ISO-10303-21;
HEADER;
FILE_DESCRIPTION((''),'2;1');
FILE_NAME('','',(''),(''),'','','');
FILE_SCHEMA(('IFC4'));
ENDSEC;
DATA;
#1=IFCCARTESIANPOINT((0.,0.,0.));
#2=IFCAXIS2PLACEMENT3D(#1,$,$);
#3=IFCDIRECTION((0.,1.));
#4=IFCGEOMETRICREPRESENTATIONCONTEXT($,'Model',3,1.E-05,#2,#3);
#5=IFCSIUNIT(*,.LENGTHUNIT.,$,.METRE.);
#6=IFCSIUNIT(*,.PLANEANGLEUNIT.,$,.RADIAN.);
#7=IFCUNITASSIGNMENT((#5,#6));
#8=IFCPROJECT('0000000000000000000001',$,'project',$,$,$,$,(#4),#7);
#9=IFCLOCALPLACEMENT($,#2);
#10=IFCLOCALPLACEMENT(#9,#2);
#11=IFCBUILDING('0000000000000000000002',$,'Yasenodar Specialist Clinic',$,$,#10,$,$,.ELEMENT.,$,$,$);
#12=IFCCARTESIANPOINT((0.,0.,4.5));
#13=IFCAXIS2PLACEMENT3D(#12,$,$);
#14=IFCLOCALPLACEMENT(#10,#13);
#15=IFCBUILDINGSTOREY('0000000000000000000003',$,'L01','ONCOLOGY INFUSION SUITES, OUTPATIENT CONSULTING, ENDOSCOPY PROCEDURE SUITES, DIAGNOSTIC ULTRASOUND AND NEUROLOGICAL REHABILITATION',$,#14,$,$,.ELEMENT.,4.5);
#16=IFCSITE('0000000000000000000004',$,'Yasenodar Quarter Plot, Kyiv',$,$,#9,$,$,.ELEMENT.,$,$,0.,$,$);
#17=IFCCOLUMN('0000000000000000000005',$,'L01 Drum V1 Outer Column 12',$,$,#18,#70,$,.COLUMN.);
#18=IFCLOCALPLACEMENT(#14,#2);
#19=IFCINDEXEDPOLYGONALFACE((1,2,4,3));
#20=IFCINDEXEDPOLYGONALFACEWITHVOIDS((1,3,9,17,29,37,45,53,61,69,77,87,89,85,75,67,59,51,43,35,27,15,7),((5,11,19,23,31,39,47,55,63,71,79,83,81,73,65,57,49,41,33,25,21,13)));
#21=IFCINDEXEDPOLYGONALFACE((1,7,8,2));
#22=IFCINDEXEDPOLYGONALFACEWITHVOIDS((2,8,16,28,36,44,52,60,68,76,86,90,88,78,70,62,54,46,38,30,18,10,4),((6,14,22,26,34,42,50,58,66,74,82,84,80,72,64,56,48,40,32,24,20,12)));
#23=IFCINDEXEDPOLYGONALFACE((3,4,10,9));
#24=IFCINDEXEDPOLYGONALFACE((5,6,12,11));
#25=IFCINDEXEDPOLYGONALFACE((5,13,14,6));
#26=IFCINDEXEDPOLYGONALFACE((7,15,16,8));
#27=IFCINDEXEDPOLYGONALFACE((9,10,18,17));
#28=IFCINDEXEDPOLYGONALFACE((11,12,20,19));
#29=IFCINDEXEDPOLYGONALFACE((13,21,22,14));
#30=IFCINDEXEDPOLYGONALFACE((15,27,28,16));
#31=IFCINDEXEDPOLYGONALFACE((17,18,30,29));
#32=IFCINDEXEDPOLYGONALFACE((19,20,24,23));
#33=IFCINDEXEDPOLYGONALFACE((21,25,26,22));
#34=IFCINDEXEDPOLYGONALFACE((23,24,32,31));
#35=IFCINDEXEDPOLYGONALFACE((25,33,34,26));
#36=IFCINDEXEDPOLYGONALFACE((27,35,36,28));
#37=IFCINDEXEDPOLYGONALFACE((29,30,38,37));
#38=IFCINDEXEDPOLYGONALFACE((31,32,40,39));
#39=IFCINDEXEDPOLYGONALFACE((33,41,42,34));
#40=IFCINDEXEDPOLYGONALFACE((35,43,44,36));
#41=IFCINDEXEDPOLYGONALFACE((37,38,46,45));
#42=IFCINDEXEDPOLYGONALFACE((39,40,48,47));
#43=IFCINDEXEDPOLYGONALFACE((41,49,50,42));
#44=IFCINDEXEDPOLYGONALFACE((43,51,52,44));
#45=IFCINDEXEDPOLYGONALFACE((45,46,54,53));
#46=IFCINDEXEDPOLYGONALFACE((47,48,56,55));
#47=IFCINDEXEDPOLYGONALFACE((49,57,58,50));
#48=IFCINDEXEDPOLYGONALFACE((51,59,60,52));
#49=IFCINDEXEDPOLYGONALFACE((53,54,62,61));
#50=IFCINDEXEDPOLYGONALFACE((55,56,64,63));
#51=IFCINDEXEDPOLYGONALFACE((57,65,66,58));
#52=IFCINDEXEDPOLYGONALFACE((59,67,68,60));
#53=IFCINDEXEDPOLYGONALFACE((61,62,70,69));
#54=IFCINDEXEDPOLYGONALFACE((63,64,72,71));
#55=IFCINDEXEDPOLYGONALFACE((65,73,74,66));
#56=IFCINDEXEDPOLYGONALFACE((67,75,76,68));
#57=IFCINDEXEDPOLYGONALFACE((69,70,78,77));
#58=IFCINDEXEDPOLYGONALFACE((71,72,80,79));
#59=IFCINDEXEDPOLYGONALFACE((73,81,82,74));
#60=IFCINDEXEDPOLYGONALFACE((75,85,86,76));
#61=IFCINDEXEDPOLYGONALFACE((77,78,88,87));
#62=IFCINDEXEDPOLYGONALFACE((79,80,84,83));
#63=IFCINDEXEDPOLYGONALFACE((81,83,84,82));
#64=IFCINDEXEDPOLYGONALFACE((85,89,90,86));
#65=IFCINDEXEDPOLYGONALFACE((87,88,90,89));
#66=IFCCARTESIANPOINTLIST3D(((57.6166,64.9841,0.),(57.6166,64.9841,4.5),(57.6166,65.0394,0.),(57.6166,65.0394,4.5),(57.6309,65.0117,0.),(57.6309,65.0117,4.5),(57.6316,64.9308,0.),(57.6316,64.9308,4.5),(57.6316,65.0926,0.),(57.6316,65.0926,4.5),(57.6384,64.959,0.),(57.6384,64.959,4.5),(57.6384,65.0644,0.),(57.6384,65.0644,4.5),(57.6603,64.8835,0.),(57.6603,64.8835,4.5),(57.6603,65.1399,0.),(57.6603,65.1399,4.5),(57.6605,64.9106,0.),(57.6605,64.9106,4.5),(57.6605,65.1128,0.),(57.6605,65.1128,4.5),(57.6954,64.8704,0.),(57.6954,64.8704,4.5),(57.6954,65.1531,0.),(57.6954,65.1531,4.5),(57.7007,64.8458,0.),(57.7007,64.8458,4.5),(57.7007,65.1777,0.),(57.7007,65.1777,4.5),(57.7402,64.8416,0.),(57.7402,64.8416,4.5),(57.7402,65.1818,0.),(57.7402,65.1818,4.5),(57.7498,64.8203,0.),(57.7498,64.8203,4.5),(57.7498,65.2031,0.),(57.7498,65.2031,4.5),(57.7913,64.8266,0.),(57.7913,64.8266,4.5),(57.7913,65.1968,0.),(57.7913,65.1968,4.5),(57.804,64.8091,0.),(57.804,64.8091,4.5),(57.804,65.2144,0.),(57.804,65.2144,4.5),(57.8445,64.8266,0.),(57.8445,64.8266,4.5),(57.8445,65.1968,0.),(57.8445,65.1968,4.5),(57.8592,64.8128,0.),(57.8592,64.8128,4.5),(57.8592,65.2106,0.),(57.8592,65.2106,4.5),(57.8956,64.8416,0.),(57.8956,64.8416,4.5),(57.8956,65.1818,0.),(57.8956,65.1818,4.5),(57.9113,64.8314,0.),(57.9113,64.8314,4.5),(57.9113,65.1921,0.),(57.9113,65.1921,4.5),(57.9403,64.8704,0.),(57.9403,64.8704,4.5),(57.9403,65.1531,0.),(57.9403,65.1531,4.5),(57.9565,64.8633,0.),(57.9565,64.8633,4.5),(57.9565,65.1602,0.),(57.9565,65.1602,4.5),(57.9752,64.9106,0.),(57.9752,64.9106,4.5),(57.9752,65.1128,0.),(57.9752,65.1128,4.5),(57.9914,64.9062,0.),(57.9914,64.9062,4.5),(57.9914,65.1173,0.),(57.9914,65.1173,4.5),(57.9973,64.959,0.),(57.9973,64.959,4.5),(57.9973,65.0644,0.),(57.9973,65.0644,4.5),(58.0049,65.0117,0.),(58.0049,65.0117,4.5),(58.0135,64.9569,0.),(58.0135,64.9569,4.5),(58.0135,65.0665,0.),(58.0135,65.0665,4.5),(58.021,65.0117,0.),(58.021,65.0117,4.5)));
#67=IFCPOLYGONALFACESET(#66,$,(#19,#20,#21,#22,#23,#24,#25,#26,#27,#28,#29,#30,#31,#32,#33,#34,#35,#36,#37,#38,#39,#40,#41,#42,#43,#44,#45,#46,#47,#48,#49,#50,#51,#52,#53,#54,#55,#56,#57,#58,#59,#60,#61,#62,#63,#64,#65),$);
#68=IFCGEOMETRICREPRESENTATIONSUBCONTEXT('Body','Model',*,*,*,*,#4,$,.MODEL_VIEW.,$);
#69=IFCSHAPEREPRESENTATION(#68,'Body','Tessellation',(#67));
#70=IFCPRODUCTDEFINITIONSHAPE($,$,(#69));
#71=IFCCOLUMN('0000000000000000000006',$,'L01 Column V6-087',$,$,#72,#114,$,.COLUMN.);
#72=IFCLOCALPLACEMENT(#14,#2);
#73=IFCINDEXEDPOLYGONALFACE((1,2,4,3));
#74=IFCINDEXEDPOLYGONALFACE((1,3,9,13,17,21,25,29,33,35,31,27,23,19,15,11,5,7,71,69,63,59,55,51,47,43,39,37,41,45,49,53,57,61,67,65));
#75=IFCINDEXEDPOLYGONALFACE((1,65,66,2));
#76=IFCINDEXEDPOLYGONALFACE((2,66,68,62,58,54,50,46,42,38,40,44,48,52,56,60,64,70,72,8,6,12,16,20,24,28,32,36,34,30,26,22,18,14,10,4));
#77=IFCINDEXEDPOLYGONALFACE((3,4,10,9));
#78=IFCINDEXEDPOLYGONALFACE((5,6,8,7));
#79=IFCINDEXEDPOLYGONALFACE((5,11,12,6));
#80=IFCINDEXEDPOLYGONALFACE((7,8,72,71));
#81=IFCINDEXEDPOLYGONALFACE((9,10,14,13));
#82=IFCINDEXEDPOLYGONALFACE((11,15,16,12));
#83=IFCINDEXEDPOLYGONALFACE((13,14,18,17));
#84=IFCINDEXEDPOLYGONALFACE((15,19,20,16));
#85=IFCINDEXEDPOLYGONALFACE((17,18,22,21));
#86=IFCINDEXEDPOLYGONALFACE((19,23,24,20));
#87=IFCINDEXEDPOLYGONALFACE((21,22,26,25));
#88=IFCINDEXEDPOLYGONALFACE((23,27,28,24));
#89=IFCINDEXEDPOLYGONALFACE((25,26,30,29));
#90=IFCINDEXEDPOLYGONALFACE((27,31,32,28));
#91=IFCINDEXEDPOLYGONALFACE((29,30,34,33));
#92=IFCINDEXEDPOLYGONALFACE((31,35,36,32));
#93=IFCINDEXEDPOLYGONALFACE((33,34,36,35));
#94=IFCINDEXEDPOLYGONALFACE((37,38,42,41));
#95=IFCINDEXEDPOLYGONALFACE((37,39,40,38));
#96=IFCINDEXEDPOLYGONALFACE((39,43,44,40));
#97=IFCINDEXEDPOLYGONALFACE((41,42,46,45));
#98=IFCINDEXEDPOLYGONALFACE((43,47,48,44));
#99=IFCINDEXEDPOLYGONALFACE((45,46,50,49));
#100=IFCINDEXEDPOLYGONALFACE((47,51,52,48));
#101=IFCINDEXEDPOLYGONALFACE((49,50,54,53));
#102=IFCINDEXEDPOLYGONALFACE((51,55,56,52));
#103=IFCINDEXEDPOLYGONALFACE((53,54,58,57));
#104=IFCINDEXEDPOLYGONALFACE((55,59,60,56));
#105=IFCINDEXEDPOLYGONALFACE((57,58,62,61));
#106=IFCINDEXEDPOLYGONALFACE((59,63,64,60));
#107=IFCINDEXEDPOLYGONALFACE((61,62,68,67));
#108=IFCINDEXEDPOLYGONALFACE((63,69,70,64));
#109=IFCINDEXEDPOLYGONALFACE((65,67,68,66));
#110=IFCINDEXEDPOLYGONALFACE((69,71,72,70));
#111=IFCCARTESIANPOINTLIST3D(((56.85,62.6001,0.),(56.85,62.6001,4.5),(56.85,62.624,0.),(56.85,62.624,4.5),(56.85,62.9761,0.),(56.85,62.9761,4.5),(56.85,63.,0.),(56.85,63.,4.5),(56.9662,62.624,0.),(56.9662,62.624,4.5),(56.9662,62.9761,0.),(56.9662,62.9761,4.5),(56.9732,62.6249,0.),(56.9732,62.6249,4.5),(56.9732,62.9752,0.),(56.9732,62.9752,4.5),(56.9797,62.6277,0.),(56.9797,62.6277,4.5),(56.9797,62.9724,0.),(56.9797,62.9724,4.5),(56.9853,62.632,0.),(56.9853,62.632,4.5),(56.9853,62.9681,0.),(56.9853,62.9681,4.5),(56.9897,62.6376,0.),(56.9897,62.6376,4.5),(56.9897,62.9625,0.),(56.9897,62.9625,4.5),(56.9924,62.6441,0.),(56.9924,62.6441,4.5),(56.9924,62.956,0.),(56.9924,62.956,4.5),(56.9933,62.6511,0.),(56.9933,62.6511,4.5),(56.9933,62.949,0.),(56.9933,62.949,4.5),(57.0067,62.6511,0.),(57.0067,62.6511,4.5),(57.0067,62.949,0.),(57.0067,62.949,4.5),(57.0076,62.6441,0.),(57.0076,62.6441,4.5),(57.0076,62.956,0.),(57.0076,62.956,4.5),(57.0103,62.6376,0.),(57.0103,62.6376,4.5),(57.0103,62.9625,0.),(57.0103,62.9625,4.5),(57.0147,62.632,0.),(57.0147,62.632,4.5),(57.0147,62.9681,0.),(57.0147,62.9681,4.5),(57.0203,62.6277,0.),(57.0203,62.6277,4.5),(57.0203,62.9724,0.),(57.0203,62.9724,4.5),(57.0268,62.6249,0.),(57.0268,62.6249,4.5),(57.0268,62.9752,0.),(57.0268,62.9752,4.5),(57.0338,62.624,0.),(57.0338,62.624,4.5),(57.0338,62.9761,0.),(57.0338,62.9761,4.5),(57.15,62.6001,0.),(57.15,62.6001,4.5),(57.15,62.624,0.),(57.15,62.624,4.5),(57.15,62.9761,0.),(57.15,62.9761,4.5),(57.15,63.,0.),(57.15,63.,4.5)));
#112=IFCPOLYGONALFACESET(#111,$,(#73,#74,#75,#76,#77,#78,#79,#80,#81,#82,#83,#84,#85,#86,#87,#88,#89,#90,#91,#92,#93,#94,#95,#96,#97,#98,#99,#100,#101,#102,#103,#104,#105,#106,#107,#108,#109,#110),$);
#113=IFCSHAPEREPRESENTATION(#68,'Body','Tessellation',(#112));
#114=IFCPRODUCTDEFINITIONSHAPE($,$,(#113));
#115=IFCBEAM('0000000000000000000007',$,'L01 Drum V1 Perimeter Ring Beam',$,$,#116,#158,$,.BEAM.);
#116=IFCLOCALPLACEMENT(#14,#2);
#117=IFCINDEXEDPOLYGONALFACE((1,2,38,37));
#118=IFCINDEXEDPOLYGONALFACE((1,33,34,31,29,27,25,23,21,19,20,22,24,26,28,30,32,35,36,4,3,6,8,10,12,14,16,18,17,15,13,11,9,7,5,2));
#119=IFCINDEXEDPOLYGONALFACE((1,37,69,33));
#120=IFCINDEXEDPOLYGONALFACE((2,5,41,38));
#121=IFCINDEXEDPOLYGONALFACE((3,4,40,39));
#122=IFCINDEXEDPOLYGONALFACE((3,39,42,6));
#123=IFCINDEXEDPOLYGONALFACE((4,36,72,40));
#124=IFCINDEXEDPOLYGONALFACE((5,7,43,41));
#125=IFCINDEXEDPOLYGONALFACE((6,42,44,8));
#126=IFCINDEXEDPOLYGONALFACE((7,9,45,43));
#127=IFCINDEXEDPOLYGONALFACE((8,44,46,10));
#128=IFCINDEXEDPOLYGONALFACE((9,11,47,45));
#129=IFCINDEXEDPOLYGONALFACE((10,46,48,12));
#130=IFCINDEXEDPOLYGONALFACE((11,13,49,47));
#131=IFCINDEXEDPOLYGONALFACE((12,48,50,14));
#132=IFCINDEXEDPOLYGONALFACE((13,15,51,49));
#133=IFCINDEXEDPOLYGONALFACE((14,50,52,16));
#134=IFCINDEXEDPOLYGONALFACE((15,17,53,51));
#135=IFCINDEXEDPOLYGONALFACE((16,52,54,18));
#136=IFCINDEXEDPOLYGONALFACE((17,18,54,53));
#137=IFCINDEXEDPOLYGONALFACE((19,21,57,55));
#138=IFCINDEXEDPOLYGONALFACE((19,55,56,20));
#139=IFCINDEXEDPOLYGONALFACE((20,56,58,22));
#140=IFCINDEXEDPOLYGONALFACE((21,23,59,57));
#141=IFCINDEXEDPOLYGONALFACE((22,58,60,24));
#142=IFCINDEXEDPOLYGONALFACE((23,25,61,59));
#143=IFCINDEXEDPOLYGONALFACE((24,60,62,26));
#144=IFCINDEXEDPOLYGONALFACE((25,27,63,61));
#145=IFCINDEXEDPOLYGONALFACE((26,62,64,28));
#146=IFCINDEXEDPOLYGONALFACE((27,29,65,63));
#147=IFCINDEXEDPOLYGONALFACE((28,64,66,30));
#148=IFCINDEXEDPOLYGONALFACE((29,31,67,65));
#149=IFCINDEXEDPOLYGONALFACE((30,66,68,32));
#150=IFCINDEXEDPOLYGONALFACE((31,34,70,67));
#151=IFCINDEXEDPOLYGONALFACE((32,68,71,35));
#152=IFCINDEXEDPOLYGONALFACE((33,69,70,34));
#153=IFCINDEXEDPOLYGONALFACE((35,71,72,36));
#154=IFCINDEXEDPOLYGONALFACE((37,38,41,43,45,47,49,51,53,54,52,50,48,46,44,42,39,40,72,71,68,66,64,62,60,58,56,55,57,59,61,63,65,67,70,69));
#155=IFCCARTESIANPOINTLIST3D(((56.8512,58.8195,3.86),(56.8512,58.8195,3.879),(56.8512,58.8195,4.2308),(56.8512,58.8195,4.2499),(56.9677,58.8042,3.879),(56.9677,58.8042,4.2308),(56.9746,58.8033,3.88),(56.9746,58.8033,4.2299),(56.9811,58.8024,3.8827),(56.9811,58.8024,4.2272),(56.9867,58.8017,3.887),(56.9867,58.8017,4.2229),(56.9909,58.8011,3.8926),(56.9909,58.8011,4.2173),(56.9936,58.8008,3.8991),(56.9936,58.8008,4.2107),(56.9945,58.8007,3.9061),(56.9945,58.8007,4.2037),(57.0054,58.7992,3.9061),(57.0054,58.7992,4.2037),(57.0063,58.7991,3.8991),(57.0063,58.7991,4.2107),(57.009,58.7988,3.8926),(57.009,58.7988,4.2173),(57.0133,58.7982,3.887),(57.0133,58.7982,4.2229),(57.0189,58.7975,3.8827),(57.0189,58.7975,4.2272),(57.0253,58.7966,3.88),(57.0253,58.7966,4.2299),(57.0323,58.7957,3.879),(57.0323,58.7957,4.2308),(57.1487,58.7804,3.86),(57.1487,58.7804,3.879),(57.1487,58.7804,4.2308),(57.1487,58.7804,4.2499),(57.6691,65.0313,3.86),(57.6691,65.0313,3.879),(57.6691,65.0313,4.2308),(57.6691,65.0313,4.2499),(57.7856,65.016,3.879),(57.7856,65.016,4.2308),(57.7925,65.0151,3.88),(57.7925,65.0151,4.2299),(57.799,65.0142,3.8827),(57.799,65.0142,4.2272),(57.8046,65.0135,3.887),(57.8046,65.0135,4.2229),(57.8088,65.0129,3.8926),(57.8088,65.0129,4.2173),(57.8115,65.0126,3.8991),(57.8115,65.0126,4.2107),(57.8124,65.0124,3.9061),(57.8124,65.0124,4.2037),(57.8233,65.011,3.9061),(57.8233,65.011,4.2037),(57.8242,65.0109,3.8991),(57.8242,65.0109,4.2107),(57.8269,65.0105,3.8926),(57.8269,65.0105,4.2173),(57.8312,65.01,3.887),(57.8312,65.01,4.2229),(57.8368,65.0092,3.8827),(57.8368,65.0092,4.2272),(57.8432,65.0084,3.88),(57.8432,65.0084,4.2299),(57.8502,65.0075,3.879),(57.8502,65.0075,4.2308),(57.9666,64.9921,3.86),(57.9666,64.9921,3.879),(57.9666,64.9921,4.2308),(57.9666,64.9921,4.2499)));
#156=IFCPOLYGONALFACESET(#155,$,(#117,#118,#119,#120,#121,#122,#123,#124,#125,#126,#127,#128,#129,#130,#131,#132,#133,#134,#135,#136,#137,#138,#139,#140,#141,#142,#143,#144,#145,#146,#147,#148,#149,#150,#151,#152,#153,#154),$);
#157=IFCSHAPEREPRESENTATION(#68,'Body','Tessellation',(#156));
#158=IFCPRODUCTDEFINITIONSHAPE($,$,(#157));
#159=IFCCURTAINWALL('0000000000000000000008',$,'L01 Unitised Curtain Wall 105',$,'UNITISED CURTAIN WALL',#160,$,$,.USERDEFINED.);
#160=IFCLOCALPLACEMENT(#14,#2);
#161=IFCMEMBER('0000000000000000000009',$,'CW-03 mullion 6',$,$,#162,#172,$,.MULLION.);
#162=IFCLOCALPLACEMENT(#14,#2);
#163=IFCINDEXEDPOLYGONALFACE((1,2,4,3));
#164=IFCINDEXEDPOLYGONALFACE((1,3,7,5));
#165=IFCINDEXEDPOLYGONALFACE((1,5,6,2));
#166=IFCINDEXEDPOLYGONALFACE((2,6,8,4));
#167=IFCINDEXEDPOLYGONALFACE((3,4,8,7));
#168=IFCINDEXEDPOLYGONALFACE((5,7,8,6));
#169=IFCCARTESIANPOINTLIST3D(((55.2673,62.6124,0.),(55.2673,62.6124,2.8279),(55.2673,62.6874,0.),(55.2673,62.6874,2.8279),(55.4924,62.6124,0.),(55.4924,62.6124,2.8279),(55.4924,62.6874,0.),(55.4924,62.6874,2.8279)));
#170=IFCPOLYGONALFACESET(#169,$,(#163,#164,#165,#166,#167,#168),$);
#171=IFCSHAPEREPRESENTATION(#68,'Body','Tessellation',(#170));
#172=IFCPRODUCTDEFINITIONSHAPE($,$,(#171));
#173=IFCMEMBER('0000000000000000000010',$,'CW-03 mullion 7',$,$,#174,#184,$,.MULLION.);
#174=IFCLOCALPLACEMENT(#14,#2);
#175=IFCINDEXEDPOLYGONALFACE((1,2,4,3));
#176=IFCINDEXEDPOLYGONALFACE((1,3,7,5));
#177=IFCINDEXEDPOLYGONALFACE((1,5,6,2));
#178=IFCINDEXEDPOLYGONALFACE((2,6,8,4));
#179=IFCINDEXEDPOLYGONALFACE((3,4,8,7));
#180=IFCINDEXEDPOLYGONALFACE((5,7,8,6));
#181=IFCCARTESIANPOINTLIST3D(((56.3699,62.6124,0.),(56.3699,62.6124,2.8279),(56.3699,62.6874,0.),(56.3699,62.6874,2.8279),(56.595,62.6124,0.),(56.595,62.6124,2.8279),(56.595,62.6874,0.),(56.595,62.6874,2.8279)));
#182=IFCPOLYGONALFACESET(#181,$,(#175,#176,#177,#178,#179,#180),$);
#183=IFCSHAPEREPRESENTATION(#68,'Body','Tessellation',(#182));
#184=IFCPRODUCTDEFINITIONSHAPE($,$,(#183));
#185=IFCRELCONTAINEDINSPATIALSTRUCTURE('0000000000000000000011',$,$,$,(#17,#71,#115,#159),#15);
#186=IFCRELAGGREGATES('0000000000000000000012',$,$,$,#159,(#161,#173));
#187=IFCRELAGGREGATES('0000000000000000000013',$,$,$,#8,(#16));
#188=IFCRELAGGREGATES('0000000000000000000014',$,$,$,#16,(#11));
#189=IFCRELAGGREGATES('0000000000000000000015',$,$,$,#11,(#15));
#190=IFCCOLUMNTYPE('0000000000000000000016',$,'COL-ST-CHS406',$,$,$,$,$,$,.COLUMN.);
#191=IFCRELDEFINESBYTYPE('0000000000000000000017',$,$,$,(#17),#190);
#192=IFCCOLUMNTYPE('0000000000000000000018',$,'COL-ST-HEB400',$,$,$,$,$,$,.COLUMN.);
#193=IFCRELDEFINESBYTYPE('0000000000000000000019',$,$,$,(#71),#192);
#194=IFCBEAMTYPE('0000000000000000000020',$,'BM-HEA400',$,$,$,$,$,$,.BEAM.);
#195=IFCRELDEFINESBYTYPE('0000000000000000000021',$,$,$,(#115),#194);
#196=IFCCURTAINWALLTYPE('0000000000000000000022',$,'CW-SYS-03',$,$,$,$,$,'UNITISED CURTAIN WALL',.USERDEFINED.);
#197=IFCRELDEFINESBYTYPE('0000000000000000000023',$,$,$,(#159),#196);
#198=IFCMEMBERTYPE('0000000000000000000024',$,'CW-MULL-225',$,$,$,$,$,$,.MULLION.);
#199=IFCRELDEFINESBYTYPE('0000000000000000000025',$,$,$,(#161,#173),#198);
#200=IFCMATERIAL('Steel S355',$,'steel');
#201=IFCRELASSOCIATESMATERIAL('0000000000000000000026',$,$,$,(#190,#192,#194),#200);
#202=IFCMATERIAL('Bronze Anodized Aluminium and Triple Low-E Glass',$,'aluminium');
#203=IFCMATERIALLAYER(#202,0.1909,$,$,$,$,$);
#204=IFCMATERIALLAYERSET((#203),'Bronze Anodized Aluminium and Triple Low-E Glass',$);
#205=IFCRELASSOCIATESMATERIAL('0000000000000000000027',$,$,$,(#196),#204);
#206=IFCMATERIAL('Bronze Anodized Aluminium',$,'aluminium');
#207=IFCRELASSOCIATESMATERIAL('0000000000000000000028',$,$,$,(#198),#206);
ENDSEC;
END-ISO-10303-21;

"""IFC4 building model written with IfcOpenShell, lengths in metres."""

from ifc_helpers import new_model, si_unit, direction, frame, origin, origin_2d, place, context, subcontext, project, spatial, rectangle, hollow_circle, i_section, extrude, material, layer, layer_set, material_profile, profile_set, type_object, element, aggregate, save


model = new_model("IFC4")

# Units and contexts
model_context = context("Model", 3, precision=1e-05, world=origin(), true_north=direction((0.0, 1.0)))
body_context = subcontext(model_context, "Body", "Model", "MODEL_VIEW")
ifc_project = project(units=[si_unit("LENGTHUNIT", "METRE"), si_unit("PLANEANGLEUNIT", "RADIAN")], contexts=[model_context])

# Site, building, storey
site_placement = place(None, origin())
site = spatial("IfcSite", under=ifc_project, at=site_placement, Name="Yasenodar Quarter Plot, Kyiv", CompositionType="ELEMENT", RefElevation=0.0)
building_placement = place(site_placement, origin())
building = spatial("IfcBuilding", under=site, at=building_placement, Name="Yasenodar Specialist Clinic", CompositionType="ELEMENT")
storey_placement = place(building_placement, frame((0.0, 0.0, 4.5)))
storey = spatial("IfcBuildingStorey", under=building, at=storey_placement, Name="L01", Description="ONCOLOGY INFUSION SUITES, OUTPATIENT CONSULTING, ENDOSCOPY PROCEDURE SUITES, DIAGNOSTIC ULTRASOUND AND NEUROLOGICAL REHABILITATION", CompositionType="ELEMENT", Elevation=4.5)

# Columns
ifc_material_1 = material(Name="Steel S355", Category="steel")
ifc_material_profile_1 = material_profile(ifc_material_1, hollow_circle(Radius=0.2031, WallThickness=0.0161, at=origin_2d()), Name="CHS 406.4x16")
ifc_profile_set_1 = profile_set([ifc_material_profile_1], Name="Steel S355")
column_type_1 = type_object("IfcColumnType", Name="COL-ST-CHS406", PredefinedType="COLUMN", material=ifc_profile_set_1)
column_1_placement = place(storey_placement, frame((57.8179, 65.0117, 0.0), z_axis=(0.0, 0.0, 1.0), x_axis=(1.0, 0.0, 0.0)))
element("IfcColumn", 1, at=column_1_placement, inside=storey, type_object=column_type_1, Name="L01 Drum V1 Outer Column 12", PredefinedType="COLUMN", context=body_context, shape_type="SweptSolid", body=[
    extrude(hollow_circle(Radius=0.2031, WallThickness=0.0161, at=origin_2d()), origin(), (0.0, 0.0, 1.0), 4.5),
])
ifc_material_profile_2 = material_profile(ifc_material_1, i_section(OverallWidth=0.3, OverallDepth=0.3999, WebThickness=0.0134, FlangeThickness=0.0239, FilletRadius=0.0271, at=origin_2d()), Name="HEB 400")
ifc_profile_set_2 = profile_set([ifc_material_profile_2], Name="Steel S355")
column_type_2 = type_object("IfcColumnType", Name="COL-ST-HEB400", PredefinedType="COLUMN", material=ifc_profile_set_2)
column_2_placement = place(storey_placement, frame((57.0, 62.8, 0.0), z_axis=(0.0, 0.0, 1.0), x_axis=(1.0, 0.0, 0.0)))
element("IfcColumn", 2, at=column_2_placement, inside=storey, type_object=column_type_2, Name="L01 Column V6-087", PredefinedType="COLUMN", context=body_context, shape_type="SweptSolid", body=[
    extrude(i_section(OverallWidth=0.3, OverallDepth=0.3999, WebThickness=0.0134, FlangeThickness=0.0239, FilletRadius=0.0271, at=origin_2d()), origin(), (0.0, 0.0, 1.0), 4.5),
])

# Beam
ifc_material_profile_3 = material_profile(ifc_material_1, i_section(OverallWidth=0.3, OverallDepth=0.3899, WebThickness=0.011, FlangeThickness=0.019, FilletRadius=0.0271, at=origin_2d()), Name="HEA 400")
ifc_profile_set_3 = profile_set([ifc_material_profile_3], Name="Steel S355")
beam_type = type_object("IfcBeamType", Name="BM-HEA400", PredefinedType="BEAM", material=ifc_profile_set_3)
beam_placement = place(storey_placement, frame((57.8179, 65.0117, 4.0549), z_axis=(-0.13054, -0.991443, 0.0), x_axis=(0.991443, -0.13054, 0.0)))
element("IfcBeam", 3, at=beam_placement, inside=storey, type_object=beam_type, Name="L01 Drum V1 Perimeter Ring Beam", PredefinedType="BEAM", context=body_context, shape_type="SweptSolid", body=[
    extrude(i_section(OverallWidth=0.3, OverallDepth=0.3899, WebThickness=0.011, FlangeThickness=0.019, FilletRadius=0.0271, at=origin_2d()), origin(), (0.0, 0.0, 1.0), 6.2654),
])

# Curtain wall, members
ifc_material_2 = material(Name="Bronze Anodized Aluminium and Triple Low-E Glass", Category="aluminium")
ifc_layer_1 = layer(ifc_material_2, 0.1909)
ifc_layer_set_1 = layer_set([ifc_layer_1], Name="Bronze Anodized Aluminium and Triple Low-E Glass")
curtain_wall_type = type_object("IfcCurtainWallType", Name="CW-SYS-03", ElementType="UNITISED CURTAIN WALL", PredefinedType="USERDEFINED", material=ifc_layer_set_1)
curtain_wall_placement = place(storey_placement, origin())
curtain_wall = element("IfcCurtainWall", 4, at=curtain_wall_placement, inside=storey, type_object=curtain_wall_type, Name="L01 Unitised Curtain Wall 105", ObjectType="UNITISED CURTAIN WALL", PredefinedType="USERDEFINED")
ifc_material_3 = material(Name="Bronze Anodized Aluminium", Category="aluminium")
ifc_material_profile_4 = material_profile(ifc_material_3, rectangle(XDim=0.075, YDim=0.2251, at=origin_2d()), Name="CW-MULL 75x225")
ifc_profile_set_4 = profile_set([ifc_material_profile_4], Name="Bronze Anodized Aluminium")
member_type_1 = type_object("IfcMemberType", Name="CW-MULL-225", PredefinedType="MULLION", material=ifc_profile_set_4)
member_1_placement = place(storey_placement, frame((55.3799, 62.6499, 0.0), z_axis=(0.0, 0.0, 1.0), x_axis=(0.0, 1.0, 0.0)))
member_1 = element("IfcMember", 5, at=member_1_placement, type_object=member_type_1, Name="CW-03 mullion 6", PredefinedType="MULLION", context=body_context, shape_type="SweptSolid", body=[
    extrude(rectangle(XDim=0.075, YDim=0.2251, at=origin_2d()), origin(), (0.0, 0.0, 1.0), 2.8279),
])
member_2_placement = place(storey_placement, frame((56.4824, 62.6499, 0.0), z_axis=(0.0, 0.0, 1.0), x_axis=(0.0, 1.0, 0.0)))
member_2 = element("IfcMember", 6, at=member_2_placement, type_object=member_type_1, Name="CW-03 mullion 7", PredefinedType="MULLION", context=body_context, shape_type="SweptSolid", body=[
    extrude(rectangle(XDim=0.075, YDim=0.2251, at=origin_2d()), origin(), (0.0, 0.0, 1.0), 2.8279),
])
aggregate(curtain_wall, [member_1, member_2])

save(model, "model.ifc")
